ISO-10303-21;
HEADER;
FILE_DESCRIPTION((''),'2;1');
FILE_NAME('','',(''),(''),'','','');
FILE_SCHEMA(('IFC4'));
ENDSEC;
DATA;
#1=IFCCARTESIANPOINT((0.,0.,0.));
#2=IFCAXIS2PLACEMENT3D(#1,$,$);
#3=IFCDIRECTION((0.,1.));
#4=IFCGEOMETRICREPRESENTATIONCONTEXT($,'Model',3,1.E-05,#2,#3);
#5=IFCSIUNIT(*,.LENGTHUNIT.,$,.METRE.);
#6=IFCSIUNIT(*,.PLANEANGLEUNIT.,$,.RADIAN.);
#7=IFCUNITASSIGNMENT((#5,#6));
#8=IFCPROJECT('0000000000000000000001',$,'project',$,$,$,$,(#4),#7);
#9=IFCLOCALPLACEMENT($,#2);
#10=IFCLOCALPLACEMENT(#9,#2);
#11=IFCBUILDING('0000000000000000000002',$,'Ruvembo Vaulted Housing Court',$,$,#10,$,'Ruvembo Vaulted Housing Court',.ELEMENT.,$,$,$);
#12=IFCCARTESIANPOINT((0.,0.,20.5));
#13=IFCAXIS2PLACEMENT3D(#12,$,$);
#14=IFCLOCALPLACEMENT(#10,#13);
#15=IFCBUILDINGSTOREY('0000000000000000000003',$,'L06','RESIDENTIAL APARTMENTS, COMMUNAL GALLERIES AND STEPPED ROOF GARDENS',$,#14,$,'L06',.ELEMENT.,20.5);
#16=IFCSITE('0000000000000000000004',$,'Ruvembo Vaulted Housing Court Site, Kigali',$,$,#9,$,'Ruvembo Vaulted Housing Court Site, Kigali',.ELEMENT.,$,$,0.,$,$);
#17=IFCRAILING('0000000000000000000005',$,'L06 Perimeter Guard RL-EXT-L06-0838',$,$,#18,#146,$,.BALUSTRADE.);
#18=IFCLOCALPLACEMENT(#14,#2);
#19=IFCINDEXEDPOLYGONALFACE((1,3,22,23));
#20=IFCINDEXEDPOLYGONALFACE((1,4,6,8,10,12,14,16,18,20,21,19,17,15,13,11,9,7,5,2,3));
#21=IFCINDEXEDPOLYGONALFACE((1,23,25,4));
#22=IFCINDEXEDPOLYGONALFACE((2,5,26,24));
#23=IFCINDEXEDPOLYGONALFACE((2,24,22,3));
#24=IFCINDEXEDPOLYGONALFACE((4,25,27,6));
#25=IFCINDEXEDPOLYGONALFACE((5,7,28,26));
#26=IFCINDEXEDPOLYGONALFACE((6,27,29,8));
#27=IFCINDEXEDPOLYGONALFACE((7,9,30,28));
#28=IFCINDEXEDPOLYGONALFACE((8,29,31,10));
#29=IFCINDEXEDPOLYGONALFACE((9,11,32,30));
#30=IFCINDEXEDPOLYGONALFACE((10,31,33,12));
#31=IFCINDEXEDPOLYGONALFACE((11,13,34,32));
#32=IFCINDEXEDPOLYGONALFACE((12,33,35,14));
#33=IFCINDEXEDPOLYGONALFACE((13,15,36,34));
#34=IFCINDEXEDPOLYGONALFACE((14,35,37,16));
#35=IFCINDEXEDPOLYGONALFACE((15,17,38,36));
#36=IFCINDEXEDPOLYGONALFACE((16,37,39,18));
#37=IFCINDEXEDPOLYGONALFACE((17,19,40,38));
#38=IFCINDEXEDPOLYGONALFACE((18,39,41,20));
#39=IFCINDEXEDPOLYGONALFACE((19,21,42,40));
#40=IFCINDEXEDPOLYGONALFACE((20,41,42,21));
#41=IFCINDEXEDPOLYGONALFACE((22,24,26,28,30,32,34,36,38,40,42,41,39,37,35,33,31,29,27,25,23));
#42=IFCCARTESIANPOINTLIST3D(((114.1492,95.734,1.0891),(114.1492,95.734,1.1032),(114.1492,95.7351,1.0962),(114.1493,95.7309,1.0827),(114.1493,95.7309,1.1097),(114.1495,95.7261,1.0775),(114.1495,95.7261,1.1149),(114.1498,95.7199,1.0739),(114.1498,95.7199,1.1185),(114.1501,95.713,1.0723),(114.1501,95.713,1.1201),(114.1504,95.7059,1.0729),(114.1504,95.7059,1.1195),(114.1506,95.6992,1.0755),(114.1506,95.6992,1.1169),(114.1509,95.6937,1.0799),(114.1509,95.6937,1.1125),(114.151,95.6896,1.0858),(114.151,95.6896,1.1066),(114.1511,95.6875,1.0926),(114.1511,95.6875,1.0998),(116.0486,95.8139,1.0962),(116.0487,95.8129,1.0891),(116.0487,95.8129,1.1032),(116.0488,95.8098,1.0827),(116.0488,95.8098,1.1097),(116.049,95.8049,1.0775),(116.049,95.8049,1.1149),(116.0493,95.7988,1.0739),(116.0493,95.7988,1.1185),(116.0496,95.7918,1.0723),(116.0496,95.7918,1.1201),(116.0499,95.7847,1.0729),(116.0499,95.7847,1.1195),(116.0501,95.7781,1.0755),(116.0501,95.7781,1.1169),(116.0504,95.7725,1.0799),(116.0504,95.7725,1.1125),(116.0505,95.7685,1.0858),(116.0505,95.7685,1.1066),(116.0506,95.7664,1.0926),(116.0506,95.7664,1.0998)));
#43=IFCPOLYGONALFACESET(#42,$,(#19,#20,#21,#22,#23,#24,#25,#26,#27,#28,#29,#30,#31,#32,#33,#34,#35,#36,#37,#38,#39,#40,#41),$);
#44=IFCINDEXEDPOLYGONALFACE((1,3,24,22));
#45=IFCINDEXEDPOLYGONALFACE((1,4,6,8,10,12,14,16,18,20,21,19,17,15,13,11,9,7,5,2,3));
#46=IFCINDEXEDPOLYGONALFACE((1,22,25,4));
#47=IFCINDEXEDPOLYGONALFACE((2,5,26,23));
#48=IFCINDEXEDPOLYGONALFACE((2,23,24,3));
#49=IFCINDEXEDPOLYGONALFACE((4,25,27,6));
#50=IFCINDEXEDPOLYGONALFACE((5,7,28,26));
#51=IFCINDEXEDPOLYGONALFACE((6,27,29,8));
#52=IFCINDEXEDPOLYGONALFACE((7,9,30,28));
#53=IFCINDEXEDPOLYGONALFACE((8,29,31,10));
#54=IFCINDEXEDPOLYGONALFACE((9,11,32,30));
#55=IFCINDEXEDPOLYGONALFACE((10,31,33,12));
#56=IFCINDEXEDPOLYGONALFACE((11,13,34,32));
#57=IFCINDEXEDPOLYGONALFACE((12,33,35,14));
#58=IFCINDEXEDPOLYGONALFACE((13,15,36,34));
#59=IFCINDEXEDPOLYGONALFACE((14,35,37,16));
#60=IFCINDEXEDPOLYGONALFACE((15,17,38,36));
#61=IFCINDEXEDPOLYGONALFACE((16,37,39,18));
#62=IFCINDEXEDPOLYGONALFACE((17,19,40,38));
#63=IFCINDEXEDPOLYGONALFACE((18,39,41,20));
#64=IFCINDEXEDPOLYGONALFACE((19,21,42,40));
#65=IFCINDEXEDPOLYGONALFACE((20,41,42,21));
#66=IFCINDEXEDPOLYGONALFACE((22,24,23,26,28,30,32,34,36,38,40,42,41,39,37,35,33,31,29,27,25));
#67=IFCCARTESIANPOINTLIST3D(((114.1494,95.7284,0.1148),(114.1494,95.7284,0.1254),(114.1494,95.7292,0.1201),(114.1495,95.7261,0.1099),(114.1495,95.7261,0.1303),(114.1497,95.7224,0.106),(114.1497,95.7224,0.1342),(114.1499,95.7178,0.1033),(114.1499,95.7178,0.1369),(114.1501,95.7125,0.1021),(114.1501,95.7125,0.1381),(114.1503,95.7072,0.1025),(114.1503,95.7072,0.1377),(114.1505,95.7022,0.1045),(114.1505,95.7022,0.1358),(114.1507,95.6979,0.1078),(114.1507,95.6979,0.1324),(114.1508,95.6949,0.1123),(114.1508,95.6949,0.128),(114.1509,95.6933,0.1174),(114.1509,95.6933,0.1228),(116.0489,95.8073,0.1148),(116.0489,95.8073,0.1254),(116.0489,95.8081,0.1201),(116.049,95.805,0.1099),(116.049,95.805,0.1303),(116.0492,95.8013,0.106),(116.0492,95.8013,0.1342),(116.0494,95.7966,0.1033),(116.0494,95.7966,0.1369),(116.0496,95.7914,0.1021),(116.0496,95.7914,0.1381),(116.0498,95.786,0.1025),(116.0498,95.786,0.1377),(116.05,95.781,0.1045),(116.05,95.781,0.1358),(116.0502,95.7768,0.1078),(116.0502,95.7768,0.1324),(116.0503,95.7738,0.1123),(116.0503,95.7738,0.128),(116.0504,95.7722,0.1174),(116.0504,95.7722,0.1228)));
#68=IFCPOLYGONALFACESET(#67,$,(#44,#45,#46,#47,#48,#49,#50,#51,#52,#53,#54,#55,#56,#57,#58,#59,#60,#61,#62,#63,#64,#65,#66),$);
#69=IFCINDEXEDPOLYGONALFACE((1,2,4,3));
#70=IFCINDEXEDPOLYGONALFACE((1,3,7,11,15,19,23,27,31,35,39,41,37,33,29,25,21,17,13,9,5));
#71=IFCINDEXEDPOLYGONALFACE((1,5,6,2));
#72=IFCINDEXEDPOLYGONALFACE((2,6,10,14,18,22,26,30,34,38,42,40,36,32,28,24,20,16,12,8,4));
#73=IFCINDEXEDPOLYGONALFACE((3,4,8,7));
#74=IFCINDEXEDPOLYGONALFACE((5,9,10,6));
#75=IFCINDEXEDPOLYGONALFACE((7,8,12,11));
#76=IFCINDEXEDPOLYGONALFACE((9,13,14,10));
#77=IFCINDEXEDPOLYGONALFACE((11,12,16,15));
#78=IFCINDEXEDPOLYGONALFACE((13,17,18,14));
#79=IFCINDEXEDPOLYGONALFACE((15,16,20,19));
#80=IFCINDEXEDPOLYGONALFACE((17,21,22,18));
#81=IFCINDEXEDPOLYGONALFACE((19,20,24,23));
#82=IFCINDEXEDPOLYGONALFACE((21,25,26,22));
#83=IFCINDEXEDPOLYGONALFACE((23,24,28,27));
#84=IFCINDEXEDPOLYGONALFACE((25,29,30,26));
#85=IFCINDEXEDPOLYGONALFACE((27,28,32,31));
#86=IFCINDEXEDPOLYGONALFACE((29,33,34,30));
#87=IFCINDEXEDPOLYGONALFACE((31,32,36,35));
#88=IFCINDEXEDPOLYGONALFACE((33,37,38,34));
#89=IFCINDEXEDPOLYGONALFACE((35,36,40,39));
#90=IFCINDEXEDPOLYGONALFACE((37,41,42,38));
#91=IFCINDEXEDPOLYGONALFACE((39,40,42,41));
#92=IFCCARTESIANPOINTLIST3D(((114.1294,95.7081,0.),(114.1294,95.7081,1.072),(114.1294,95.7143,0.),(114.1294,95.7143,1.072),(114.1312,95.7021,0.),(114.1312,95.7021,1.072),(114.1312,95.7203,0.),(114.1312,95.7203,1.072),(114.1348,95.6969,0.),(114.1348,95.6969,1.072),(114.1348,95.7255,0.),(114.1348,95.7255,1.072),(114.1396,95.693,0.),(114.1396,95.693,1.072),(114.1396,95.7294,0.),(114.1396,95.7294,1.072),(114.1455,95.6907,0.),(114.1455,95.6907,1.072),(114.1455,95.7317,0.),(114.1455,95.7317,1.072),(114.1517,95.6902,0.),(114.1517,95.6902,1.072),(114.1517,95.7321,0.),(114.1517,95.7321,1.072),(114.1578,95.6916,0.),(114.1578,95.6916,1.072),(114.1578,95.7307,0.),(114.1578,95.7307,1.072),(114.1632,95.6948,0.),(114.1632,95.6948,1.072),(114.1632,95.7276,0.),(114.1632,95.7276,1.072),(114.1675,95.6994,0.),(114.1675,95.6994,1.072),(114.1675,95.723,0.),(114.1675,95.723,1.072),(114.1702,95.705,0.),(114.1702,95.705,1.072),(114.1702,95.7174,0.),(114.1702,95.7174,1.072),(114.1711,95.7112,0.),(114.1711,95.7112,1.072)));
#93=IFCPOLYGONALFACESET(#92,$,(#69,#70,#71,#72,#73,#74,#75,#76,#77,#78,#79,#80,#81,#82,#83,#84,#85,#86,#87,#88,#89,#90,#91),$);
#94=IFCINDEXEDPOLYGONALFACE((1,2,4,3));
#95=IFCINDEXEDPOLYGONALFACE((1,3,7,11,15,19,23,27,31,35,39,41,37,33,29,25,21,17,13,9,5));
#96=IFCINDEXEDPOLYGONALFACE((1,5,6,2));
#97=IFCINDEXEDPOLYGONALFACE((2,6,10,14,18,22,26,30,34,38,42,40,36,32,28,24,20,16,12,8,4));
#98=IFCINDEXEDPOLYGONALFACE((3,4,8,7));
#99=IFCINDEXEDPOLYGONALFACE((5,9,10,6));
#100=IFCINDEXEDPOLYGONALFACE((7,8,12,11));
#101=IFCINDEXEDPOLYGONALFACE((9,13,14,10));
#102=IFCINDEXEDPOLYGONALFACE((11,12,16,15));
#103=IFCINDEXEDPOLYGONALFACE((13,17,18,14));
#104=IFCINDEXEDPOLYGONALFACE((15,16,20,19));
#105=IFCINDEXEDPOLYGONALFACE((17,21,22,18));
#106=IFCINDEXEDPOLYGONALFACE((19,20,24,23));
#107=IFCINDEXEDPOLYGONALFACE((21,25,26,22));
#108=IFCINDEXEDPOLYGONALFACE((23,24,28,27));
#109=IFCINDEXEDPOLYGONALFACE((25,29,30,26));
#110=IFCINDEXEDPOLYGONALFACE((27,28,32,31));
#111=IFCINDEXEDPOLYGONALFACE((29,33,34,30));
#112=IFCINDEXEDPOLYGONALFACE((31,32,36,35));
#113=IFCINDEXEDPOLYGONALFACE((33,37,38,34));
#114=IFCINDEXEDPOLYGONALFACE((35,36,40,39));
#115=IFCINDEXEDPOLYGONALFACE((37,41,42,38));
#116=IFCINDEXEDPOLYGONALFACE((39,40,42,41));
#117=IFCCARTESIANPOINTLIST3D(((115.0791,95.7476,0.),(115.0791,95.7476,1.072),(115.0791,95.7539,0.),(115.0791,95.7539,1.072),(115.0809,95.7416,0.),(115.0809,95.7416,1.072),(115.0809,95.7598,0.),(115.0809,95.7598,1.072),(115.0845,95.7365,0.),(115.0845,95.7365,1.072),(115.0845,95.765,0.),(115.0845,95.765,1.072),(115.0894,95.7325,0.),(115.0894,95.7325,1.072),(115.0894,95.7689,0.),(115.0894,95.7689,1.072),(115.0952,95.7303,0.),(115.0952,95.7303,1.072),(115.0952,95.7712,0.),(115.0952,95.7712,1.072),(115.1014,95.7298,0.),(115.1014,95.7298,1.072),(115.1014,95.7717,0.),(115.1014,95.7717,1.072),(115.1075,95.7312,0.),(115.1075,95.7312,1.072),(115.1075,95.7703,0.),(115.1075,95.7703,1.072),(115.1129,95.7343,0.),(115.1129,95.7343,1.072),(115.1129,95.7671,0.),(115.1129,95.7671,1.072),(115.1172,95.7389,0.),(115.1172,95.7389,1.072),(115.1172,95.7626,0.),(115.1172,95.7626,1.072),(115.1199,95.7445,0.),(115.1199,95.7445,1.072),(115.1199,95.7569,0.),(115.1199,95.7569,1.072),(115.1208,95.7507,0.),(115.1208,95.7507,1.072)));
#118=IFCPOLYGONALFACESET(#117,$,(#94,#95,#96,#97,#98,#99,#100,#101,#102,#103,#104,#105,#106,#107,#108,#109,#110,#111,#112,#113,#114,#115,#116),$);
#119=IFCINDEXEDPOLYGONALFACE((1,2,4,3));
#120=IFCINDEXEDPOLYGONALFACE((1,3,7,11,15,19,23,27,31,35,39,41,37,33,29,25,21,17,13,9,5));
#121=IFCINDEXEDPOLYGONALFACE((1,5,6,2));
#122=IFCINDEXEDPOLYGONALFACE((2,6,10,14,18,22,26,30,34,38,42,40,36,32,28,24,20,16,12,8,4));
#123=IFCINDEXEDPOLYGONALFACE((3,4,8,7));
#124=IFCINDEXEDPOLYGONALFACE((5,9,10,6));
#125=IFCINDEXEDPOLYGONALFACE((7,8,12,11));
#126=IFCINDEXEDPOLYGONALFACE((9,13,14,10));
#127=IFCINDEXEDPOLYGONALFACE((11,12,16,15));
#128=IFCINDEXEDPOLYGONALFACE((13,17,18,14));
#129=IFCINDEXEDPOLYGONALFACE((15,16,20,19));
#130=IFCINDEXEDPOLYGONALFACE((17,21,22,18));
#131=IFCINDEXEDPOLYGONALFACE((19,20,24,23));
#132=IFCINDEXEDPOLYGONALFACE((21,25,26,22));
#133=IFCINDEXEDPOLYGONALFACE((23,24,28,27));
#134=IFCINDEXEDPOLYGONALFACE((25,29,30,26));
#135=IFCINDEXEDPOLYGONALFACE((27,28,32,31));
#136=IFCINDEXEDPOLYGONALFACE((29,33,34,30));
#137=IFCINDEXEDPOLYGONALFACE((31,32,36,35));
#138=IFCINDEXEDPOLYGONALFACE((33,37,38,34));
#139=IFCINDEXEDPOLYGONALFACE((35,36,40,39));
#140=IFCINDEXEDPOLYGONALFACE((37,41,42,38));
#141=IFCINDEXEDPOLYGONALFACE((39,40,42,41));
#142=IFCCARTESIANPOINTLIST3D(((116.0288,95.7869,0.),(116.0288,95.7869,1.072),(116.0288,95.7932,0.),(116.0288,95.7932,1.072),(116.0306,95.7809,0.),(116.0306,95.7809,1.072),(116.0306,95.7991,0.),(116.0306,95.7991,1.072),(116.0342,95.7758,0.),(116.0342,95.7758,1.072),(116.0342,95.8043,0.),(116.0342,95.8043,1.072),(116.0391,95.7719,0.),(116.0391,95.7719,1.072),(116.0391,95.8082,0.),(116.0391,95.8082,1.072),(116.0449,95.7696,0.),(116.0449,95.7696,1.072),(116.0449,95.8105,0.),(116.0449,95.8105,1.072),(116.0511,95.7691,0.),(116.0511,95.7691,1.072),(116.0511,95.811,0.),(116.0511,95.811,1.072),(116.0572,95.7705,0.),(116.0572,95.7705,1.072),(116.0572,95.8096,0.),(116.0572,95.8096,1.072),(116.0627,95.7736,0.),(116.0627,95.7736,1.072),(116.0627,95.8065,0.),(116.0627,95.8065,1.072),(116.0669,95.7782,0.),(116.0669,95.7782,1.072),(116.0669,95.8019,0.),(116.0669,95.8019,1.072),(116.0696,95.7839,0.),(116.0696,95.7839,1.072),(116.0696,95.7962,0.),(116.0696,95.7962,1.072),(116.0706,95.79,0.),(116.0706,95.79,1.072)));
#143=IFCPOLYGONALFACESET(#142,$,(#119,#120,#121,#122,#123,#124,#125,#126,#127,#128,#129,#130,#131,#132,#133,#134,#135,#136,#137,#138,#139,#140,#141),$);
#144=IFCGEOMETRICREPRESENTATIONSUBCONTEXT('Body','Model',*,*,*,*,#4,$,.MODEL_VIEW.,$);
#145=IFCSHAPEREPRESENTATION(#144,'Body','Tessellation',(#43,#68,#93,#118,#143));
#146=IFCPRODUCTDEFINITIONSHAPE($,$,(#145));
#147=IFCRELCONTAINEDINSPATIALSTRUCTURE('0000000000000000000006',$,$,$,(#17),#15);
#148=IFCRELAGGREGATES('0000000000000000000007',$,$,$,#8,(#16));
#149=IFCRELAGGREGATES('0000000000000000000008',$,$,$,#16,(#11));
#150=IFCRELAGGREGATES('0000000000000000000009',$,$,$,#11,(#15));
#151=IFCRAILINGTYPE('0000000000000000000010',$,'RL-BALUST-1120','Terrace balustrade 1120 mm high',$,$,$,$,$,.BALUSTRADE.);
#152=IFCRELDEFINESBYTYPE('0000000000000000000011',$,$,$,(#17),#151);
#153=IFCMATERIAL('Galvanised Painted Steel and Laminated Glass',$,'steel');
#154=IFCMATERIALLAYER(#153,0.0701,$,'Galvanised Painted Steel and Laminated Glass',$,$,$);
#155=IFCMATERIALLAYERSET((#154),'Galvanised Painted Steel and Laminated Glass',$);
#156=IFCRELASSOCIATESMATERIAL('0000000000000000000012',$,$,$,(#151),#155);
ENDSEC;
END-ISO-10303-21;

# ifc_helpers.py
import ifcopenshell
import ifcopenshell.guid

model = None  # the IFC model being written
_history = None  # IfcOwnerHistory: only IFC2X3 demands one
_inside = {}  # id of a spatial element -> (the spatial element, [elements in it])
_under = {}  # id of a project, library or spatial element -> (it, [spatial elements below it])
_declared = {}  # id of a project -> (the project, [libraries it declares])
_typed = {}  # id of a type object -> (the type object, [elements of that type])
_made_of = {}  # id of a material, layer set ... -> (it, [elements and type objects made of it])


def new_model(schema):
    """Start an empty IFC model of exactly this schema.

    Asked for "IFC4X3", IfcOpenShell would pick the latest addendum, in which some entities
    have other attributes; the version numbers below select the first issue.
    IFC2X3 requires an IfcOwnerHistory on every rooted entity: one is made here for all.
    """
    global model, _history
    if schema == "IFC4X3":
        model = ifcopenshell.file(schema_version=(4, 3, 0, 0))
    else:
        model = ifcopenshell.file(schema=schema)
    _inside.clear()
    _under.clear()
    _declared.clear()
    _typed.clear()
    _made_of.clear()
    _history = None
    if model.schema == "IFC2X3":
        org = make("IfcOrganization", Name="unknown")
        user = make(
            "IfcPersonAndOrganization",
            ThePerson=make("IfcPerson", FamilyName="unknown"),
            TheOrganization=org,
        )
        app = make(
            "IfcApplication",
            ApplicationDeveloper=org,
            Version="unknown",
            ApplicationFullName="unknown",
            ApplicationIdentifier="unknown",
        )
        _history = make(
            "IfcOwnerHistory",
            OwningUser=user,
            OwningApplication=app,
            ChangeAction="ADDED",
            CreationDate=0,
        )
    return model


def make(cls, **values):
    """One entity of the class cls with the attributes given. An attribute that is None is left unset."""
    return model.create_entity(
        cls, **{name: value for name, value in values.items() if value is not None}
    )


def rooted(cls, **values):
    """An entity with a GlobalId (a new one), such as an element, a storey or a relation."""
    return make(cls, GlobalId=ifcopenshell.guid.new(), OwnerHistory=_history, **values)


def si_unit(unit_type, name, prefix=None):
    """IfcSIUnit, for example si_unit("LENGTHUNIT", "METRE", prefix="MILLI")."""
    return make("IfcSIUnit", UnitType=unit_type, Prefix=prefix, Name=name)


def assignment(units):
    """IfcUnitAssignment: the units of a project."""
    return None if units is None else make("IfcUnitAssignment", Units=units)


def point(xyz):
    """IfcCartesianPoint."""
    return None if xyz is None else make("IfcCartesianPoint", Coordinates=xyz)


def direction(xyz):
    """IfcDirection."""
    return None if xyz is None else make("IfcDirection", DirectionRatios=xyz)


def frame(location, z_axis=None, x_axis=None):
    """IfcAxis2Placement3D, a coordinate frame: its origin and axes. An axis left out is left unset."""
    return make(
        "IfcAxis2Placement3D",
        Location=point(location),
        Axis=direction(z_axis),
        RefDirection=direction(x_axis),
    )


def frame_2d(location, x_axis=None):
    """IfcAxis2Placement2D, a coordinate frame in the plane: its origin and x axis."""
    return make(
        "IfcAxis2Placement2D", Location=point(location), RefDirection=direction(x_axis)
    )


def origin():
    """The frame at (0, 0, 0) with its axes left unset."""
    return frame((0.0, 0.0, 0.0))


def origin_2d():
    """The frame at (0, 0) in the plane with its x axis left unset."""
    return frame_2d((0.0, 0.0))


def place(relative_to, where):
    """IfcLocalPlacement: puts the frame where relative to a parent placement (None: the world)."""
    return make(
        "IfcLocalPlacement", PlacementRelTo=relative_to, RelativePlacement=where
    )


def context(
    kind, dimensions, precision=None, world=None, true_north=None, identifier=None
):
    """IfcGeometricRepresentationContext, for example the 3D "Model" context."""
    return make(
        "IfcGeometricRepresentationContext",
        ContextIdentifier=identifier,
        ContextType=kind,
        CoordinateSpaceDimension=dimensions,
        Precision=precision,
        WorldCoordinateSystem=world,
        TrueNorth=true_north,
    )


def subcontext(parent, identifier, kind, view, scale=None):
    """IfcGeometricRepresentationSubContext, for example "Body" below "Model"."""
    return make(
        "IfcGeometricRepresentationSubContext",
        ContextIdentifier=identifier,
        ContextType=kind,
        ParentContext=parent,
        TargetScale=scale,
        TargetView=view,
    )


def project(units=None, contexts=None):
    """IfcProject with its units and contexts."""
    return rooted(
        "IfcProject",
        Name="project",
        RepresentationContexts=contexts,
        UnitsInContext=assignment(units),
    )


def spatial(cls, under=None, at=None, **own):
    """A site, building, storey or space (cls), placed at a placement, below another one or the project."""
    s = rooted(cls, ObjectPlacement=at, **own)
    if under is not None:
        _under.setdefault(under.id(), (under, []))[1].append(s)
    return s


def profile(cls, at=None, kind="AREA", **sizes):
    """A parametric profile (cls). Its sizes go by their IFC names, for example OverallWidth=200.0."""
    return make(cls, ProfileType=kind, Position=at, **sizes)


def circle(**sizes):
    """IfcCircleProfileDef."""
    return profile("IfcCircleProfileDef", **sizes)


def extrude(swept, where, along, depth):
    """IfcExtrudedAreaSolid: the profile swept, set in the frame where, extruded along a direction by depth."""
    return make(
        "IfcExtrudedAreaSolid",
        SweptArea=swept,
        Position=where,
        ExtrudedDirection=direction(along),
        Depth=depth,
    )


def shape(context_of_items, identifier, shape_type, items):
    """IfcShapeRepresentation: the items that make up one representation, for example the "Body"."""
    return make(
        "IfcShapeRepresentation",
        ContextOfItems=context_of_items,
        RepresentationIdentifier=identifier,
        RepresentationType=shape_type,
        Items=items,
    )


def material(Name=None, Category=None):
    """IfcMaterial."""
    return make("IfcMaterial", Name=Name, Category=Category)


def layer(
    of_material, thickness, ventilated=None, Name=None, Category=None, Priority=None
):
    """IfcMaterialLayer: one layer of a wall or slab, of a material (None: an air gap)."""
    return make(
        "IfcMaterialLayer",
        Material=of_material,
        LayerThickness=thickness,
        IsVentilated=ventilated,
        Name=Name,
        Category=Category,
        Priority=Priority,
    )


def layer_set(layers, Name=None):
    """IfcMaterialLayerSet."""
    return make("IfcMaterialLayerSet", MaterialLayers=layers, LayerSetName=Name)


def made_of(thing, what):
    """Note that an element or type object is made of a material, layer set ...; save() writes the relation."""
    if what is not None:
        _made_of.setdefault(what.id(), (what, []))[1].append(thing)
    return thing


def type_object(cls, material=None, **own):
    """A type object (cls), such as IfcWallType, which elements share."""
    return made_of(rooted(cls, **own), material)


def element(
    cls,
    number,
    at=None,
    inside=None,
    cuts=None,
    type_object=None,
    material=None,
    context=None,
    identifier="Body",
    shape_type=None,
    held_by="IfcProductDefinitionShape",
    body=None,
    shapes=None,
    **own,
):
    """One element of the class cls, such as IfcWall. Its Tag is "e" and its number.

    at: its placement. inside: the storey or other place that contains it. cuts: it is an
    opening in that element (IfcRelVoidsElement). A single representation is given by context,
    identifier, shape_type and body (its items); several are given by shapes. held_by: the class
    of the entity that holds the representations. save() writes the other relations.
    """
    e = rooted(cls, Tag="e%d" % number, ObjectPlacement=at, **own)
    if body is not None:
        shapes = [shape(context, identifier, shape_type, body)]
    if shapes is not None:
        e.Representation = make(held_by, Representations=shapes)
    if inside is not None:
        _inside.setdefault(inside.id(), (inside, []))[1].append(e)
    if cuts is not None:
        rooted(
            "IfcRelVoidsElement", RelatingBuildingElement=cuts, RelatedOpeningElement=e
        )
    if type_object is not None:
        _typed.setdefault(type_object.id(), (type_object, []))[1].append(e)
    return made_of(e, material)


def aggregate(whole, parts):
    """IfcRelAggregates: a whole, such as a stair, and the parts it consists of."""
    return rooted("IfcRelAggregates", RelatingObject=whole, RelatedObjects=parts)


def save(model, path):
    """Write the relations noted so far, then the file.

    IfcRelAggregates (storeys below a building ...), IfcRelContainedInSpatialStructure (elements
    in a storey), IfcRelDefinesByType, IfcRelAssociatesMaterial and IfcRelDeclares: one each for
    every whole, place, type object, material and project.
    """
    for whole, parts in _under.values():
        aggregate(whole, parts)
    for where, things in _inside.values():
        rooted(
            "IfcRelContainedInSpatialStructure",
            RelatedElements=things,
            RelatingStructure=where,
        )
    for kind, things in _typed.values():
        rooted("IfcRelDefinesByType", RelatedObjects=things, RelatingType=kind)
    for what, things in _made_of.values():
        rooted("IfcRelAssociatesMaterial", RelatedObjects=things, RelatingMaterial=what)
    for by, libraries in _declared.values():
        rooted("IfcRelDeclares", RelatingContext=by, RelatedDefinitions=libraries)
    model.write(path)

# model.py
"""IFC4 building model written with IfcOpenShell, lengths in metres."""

from ifc_helpers import new_model, si_unit, direction, frame, origin, origin_2d, place, context, subcontext, project, spatial, circle, extrude, material, layer, layer_set, type_object, element, save


model = new_model("IFC4")

# Units and contexts
model_context = context("Model", 3, precision=1e-05, world=origin(), true_north=direction((0.0, 1.0)))
body_context = subcontext(model_context, "Body", "Model", "MODEL_VIEW")
ifc_project = project(units=[si_unit("LENGTHUNIT", "METRE"), si_unit("PLANEANGLEUNIT", "RADIAN")], contexts=[model_context])

# Site, building, storey
site_placement = place(None, origin())
site = spatial("IfcSite", under=ifc_project, at=site_placement, Name="Ruvembo Vaulted Housing Court Site, Kigali", LongName="Ruvembo Vaulted Housing Court Site, Kigali", CompositionType="ELEMENT", RefElevation=0.0)
building_placement = place(site_placement, origin())
building = spatial("IfcBuilding", under=site, at=building_placement, Name="Ruvembo Vaulted Housing Court", LongName="Ruvembo Vaulted Housing Court", CompositionType="ELEMENT")
storey_placement = place(building_placement, frame((0.0, 0.0, 20.5)))
storey = spatial("IfcBuildingStorey", under=building, at=storey_placement, Name="L06", Description="RESIDENTIAL APARTMENTS, COMMUNAL GALLERIES AND STEPPED ROOF GARDENS", LongName="L06", CompositionType="ELEMENT", Elevation=20.5)

# Railing
ifc_material_1 = material(Name="Galvanised Painted Steel and Laminated Glass", Category="steel")
ifc_layer = layer(ifc_material_1, 0.0701, Name="Galvanised Painted Steel and Laminated Glass")
ifc_layer_set = layer_set([ifc_layer], Name="Galvanised Painted Steel and Laminated Glass")
railing_type = type_object("IfcRailingType", Name="RL-BALUST-1120", Description="Terrace balustrade 1120 mm high", PredefinedType="BALUSTRADE", material=ifc_layer_set)
railing_1_placement = place(storey_placement, frame((114.1501, 95.7112, 0.0)))
element("IfcRailing", 1, at=railing_1_placement, inside=storey, type_object=railing_type, Name="L06 Perimeter Guard RL-EXT-L06-0838", PredefinedType="BALUSTRADE", context=body_context, shape_type="SweptSolid", body=[
    extrude(circle(Radius=0.0239, at=origin_2d()), frame((0.0, 0.0, 1.0962), z_axis=(0.999139, 0.041481, 0.0), x_axis=(-0.041481, 0.999139, 0.0)), (0.0, 0.0, 1.0), 1.9011),
    extrude(circle(Radius=0.0181, at=origin_2d()), frame((0.0, 0.0, 0.1201), z_axis=(0.999139, 0.041481, 0.0), x_axis=(-0.041481, 0.999139, 0.0)), (0.0, 0.0, 1.0), 1.9011),
    extrude(circle(Radius=0.021, at=origin_2d()), origin(), (0.0, 0.0, 1.0), 1.072),
    extrude(circle(Radius=0.021, at=origin_2d()), frame((0.9497, 0.0396, 0.0)), (0.0, 0.0, 1.0), 1.072),
    extrude(circle(Radius=0.021, at=origin_2d()), frame((1.8994, 0.0789, 0.0)), (0.0, 0.0, 1.0), 1.072),
])

save(model, "model.ifc")
